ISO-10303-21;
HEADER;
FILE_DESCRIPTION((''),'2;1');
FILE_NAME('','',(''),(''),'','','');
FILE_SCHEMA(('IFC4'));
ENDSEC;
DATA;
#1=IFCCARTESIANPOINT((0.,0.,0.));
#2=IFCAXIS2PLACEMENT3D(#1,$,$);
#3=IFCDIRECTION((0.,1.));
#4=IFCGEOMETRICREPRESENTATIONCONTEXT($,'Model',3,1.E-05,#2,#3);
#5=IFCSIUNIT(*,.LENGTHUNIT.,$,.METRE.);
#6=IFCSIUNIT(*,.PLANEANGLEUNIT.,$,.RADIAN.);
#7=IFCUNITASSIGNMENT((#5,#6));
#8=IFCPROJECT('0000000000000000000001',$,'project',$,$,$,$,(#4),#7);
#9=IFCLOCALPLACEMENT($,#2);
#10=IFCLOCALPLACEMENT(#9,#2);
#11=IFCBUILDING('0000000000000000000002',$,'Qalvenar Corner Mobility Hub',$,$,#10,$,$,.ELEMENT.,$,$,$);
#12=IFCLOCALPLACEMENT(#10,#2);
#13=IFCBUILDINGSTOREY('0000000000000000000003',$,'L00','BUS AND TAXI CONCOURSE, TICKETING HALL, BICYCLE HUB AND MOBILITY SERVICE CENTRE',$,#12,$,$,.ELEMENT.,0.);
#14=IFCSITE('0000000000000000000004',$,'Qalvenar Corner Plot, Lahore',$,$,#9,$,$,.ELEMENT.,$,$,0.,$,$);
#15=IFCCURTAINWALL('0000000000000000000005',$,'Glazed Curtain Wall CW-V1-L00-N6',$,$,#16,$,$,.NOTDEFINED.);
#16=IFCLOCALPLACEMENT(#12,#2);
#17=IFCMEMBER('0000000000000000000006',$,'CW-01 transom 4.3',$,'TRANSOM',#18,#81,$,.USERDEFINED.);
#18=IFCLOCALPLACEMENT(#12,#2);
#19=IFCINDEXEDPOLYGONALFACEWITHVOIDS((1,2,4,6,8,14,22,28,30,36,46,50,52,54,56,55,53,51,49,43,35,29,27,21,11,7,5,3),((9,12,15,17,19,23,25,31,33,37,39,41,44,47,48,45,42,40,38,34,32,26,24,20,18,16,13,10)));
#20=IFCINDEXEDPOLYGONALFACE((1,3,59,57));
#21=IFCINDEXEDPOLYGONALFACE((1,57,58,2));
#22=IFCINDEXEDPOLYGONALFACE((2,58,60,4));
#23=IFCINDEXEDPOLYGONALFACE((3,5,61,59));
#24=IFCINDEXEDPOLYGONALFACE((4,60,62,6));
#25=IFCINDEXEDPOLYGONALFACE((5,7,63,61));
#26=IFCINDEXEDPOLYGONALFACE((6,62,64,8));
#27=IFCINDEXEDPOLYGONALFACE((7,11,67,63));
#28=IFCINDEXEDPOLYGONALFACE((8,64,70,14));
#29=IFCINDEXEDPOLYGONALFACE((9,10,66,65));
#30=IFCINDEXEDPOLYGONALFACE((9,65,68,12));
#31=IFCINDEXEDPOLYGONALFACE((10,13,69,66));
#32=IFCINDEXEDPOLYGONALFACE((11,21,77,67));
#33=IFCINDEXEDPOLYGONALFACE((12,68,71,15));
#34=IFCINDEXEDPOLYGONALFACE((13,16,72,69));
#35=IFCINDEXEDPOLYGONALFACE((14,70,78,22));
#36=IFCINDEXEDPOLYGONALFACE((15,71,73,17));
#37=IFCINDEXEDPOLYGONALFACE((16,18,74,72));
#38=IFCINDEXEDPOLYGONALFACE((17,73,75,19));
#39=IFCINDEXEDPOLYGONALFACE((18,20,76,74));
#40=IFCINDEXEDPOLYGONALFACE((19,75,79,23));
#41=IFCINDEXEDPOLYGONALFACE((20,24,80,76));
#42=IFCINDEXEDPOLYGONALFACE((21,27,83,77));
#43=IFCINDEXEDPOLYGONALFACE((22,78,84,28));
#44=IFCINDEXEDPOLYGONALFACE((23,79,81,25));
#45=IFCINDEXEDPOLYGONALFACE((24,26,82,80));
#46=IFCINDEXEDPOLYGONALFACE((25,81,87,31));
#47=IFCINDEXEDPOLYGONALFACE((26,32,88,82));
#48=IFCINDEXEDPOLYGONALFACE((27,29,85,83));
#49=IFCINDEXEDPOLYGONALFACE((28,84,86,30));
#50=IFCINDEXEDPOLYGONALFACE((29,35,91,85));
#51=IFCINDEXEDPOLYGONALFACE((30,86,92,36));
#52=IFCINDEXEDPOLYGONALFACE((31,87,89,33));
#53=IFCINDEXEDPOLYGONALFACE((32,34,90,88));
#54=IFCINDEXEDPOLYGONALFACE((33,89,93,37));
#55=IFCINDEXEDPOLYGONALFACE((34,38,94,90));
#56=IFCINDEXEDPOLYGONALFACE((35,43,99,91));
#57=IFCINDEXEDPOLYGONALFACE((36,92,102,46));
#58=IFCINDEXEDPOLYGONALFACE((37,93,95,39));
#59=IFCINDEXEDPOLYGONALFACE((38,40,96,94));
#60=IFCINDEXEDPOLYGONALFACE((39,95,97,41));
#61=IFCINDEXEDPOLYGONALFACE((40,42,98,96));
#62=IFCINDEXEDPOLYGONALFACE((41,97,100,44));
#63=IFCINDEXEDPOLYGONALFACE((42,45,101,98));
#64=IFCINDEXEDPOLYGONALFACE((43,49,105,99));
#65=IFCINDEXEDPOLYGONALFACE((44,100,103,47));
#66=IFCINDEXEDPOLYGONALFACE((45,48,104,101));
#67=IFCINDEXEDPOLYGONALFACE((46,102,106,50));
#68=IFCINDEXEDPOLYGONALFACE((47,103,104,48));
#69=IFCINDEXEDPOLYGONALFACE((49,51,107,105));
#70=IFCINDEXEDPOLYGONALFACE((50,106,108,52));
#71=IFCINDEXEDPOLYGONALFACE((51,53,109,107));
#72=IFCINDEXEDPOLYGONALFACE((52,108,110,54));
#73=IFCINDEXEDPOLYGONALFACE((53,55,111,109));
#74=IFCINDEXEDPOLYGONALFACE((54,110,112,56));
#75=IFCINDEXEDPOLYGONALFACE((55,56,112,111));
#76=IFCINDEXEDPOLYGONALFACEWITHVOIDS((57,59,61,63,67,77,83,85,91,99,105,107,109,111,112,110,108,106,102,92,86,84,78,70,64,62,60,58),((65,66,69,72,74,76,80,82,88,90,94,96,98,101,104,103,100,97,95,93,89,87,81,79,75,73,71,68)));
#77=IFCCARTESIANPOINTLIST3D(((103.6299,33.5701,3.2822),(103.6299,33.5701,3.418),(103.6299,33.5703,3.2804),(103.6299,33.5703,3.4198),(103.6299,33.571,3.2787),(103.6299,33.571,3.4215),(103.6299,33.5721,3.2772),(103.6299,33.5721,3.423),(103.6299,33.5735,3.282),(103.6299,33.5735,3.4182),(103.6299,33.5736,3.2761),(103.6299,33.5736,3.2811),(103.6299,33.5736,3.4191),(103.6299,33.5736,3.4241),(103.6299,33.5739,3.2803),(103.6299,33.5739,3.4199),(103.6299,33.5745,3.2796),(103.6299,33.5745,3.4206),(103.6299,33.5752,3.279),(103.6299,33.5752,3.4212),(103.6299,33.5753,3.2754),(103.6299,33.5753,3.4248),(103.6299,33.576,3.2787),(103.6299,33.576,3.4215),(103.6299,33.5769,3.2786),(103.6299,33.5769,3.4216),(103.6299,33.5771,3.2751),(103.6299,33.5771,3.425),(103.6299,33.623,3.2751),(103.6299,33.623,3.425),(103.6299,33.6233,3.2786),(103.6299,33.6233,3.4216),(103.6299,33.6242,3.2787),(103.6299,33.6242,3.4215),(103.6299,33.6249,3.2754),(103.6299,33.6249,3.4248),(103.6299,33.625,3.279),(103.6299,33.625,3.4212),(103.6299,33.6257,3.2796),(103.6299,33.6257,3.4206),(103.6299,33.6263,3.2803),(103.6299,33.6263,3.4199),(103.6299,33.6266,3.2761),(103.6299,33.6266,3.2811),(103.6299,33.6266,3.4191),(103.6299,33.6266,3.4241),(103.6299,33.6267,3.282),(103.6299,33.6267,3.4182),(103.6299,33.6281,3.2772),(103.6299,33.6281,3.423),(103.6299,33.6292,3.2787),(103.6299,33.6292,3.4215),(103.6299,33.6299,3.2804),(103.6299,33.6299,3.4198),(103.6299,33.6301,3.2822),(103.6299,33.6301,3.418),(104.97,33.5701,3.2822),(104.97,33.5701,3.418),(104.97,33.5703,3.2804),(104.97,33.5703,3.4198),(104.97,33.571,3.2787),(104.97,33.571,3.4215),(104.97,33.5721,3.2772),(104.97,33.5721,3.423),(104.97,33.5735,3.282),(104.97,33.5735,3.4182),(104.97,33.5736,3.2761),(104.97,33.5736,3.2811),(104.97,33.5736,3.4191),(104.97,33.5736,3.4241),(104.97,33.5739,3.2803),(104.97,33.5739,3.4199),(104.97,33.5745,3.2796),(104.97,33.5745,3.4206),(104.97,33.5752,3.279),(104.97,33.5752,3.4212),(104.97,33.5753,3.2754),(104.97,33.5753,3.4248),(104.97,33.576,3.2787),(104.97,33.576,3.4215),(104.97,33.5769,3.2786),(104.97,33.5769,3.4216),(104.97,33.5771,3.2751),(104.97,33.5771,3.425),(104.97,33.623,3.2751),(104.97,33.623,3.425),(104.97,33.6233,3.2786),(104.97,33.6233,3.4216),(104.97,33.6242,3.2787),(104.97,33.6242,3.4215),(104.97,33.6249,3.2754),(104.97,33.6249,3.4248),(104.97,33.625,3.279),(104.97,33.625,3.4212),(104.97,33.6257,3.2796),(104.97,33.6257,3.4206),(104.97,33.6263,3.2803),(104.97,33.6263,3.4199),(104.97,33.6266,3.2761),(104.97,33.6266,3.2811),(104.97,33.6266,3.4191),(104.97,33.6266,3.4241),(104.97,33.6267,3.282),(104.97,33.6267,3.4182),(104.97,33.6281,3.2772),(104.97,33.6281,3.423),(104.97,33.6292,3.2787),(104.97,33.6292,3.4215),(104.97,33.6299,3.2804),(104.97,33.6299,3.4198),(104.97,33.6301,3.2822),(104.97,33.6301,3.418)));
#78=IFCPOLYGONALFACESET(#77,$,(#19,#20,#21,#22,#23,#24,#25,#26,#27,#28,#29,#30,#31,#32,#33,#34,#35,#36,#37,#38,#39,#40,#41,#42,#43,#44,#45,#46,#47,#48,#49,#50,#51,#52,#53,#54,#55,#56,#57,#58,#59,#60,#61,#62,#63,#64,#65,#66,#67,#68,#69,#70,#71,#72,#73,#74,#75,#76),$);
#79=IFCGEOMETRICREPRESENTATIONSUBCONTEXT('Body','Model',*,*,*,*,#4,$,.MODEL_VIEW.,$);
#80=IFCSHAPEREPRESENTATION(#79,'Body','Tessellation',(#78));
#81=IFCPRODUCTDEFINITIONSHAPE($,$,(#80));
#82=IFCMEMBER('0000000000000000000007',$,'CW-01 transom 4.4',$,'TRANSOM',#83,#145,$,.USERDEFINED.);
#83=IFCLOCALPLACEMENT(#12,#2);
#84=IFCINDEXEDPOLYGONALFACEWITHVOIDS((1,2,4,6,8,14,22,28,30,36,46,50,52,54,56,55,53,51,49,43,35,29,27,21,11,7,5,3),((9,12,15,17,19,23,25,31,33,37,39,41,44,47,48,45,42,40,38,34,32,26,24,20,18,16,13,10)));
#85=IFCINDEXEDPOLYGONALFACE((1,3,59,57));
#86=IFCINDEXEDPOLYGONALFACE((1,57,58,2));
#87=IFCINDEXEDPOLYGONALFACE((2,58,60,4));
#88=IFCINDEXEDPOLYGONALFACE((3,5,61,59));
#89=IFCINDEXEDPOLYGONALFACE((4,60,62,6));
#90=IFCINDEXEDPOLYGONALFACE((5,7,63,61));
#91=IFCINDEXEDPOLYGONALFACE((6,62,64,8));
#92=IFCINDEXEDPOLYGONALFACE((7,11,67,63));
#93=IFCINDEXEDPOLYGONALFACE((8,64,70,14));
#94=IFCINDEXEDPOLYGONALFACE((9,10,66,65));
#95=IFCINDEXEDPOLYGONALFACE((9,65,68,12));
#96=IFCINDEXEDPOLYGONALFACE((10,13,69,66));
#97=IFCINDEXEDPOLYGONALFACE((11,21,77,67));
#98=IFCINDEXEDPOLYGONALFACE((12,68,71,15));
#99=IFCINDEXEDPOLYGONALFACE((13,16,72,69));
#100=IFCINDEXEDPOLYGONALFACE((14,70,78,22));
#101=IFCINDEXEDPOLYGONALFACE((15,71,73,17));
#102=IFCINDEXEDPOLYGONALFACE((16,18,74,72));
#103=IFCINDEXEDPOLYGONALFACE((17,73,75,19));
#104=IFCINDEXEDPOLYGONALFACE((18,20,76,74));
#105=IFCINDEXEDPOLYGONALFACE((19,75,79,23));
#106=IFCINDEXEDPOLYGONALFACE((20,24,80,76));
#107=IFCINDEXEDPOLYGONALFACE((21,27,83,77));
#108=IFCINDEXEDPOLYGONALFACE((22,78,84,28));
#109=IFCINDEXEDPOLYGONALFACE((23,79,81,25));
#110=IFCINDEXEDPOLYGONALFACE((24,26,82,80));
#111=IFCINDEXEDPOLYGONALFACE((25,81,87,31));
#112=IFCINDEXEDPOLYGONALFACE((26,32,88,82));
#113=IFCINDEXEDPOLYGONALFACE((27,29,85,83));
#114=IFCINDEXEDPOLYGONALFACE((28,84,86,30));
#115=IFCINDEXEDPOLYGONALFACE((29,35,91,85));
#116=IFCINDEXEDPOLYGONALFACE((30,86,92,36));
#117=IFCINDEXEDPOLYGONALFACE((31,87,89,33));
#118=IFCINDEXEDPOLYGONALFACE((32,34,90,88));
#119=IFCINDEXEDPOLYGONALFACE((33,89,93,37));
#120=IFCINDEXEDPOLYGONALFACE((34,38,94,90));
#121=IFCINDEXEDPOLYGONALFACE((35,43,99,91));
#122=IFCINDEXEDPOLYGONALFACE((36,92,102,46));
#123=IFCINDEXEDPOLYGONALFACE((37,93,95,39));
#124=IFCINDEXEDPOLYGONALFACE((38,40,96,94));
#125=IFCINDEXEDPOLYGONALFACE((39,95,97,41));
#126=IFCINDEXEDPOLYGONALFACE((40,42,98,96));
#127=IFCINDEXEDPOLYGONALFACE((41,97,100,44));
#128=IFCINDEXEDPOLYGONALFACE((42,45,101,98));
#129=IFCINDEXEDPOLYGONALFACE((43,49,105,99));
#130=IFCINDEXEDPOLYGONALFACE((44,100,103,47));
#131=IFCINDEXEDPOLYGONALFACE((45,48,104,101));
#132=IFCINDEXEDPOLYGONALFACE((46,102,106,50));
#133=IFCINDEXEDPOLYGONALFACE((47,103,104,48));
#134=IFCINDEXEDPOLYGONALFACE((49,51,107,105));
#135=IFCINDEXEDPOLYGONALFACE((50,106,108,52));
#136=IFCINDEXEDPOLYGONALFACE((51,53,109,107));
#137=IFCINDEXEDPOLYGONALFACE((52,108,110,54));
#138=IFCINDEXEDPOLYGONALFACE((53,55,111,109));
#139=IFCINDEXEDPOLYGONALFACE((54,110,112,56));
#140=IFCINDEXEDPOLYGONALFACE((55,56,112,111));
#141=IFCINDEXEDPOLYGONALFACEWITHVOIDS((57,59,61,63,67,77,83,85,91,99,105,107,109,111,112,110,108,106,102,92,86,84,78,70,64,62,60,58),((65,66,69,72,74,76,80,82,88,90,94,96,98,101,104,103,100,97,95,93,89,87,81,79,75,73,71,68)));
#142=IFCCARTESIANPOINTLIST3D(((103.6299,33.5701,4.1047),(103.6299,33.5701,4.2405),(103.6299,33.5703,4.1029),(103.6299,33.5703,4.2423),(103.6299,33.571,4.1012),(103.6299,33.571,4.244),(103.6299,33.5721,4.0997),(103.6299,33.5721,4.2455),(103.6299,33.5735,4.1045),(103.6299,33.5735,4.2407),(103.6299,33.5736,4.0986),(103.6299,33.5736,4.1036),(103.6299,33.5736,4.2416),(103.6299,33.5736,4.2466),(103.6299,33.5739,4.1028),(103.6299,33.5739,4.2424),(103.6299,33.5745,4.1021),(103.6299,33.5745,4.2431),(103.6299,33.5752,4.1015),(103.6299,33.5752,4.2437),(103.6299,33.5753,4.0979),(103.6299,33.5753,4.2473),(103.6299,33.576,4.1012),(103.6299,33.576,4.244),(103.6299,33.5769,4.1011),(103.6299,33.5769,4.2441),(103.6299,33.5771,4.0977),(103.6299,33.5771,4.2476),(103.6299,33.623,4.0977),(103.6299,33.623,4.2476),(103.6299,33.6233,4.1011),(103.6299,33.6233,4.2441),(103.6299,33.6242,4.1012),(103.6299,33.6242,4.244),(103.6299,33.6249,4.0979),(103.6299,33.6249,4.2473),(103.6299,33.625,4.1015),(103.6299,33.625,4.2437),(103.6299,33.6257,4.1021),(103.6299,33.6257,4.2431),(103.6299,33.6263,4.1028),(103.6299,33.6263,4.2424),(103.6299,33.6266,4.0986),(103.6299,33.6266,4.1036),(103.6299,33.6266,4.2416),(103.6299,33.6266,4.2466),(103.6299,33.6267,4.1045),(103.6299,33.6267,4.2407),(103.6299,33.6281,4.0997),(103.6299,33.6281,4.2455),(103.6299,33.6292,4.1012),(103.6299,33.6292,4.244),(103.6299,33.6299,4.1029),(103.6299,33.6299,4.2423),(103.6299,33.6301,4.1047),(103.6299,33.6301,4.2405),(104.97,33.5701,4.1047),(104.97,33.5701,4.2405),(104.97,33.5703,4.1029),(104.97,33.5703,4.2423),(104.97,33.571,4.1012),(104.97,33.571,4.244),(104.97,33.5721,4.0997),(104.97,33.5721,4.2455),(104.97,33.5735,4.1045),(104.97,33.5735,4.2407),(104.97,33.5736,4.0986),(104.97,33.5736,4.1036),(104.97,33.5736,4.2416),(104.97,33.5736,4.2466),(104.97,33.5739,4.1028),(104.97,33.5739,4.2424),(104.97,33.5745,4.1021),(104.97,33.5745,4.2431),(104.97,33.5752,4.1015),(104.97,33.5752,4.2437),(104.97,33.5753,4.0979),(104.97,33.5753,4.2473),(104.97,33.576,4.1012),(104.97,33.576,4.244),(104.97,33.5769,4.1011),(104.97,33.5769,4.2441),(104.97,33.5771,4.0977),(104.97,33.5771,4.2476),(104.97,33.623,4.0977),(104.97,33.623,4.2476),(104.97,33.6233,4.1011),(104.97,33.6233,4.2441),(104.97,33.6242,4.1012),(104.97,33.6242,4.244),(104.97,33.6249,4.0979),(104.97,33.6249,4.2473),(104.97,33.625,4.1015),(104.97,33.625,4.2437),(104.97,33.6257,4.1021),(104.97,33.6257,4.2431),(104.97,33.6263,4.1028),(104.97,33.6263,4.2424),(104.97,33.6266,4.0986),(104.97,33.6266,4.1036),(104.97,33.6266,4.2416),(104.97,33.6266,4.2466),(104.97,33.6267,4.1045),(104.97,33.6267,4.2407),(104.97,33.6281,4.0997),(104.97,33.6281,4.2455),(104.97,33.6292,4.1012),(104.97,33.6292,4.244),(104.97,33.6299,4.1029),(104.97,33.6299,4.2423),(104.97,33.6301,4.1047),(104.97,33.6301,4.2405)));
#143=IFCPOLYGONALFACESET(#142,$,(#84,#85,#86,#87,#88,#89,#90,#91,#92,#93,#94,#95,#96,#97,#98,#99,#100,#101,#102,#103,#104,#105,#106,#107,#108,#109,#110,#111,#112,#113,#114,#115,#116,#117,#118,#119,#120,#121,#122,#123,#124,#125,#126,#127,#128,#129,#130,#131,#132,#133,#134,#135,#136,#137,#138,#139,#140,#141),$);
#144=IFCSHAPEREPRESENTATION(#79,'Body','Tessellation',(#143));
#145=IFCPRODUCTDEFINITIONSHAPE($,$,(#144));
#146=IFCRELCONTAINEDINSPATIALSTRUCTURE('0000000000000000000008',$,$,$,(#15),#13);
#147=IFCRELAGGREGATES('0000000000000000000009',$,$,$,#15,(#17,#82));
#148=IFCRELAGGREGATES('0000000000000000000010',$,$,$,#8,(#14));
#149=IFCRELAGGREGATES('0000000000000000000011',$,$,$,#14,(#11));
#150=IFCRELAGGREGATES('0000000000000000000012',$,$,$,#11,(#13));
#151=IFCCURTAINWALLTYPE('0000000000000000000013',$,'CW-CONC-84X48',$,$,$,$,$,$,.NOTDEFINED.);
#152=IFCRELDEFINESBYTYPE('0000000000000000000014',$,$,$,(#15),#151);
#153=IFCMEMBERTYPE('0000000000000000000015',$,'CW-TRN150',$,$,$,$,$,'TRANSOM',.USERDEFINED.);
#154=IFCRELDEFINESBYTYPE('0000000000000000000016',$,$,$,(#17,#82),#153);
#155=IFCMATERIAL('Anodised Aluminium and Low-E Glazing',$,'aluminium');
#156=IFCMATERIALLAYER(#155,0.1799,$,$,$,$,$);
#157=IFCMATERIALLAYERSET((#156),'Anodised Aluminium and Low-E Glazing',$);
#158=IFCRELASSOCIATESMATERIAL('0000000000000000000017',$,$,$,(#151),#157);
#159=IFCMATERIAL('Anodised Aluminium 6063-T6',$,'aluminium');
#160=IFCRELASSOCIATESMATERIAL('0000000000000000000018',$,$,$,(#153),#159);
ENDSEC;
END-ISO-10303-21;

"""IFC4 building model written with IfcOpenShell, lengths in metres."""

from ifc_helpers import new_model, si_unit, direction, frame, origin, origin_2d, place, context, subcontext, project, spatial, hollow_rectangle, extrude, material, layer, layer_set, material_profile, profile_set, type_object, element, aggregate, save


model = new_model("IFC4")

# Units and contexts
model_context = context("Model", 3, precision=1e-05, world=origin(), true_north=direction((0.0, 1.0)))
body_context = subcontext(model_context, "Body", "Model", "MODEL_VIEW")
ifc_project = project(units=[si_unit("LENGTHUNIT", "METRE"), si_unit("PLANEANGLEUNIT", "RADIAN")], contexts=[model_context])

# Site, building, storey
site_placement = place(None, origin())
site = spatial("IfcSite", under=ifc_project, at=site_placement, Name="Qalvenar Corner Plot, Lahore", CompositionType="ELEMENT", RefElevation=0.0)
building_placement = place(site_placement, origin())
building = spatial("IfcBuilding", under=site, at=building_placement, Name="Qalvenar Corner Mobility Hub", CompositionType="ELEMENT")
storey_placement = place(building_placement, origin())
storey = spatial("IfcBuildingStorey", under=building, at=storey_placement, Name="L00", Description="BUS AND TAXI CONCOURSE, TICKETING HALL, BICYCLE HUB AND MOBILITY SERVICE CENTRE", CompositionType="ELEMENT", Elevation=0.0)

# Curtain wall, members
ifc_material_1 = material(Name="Anodised Aluminium and Low-E Glazing", Category="aluminium")
ifc_layer_1 = layer(ifc_material_1, 0.1799)
ifc_layer_set_1 = layer_set([ifc_layer_1], Name="Anodised Aluminium and Low-E Glazing")
curtain_wall_type = type_object("IfcCurtainWallType", Name="CW-CONC-84X48", PredefinedType="NOTDEFINED", material=ifc_layer_set_1)
curtain_wall_placement = place(storey_placement, origin())
curtain_wall = element("IfcCurtainWall", 1, at=curtain_wall_placement, inside=storey, type_object=curtain_wall_type, Name="Glazed Curtain Wall CW-V1-L00-N6", PredefinedType="NOTDEFINED")
ifc_material_2 = material(Name="Anodised Aluminium 6063-T6", Category="aluminium")
ifc_material_profile_1 = material_profile(ifc_material_2, hollow_rectangle(XDim=0.0601, YDim=0.1499, WallThickness=0.0034, InnerFilletRadius=0.0034, OuterFilletRadius=0.0071, at=origin_2d()), Name="RHS150x60x3.5")
ifc_profile_set_1 = profile_set([ifc_material_profile_1], Name="Anodised Aluminium 6063-T6")
member_type_1 = type_object("IfcMemberType", Name="CW-TRN150", ElementType="TRANSOM", PredefinedType="USERDEFINED", material=ifc_profile_set_1)
member_1_placement = place(storey_placement, frame((104.97, 33.6001, 3.3501), z_axis=(-1.0, 0.0, 0.0), x_axis=(0.0, -1.0, 0.0)))
member_1 = element("IfcMember", 2, at=member_1_placement, type_object=member_type_1, Name="CW-01 transom 4.3", ObjectType="TRANSOM", PredefinedType="USERDEFINED", context=body_context, shape_type="SweptSolid", body=[
    extrude(hollow_rectangle(XDim=0.0601, YDim=0.1499, WallThickness=0.0034, InnerFilletRadius=0.0034, OuterFilletRadius=0.0071, at=origin_2d()), origin(), (0.0, 0.0, 1.0), 1.3401),
])
member_2_placement = place(storey_placement, frame((104.97, 33.6001, 4.1726), z_axis=(-1.0, 0.0, 0.0), x_axis=(0.0, -1.0, 0.0)))
member_2 = element("IfcMember", 3, at=member_2_placement, type_object=member_type_1, Name="CW-01 transom 4.4", ObjectType="TRANSOM", PredefinedType="USERDEFINED", context=body_context, shape_type="SweptSolid", body=[
    extrude(hollow_rectangle(XDim=0.0601, YDim=0.1499, WallThickness=0.0034, InnerFilletRadius=0.0034, OuterFilletRadius=0.0071, at=origin_2d()), origin(), (0.0, 0.0, 1.0), 1.3401),
])
aggregate(curtain_wall, [member_1, member_2])

save(model, "model.ifc")
